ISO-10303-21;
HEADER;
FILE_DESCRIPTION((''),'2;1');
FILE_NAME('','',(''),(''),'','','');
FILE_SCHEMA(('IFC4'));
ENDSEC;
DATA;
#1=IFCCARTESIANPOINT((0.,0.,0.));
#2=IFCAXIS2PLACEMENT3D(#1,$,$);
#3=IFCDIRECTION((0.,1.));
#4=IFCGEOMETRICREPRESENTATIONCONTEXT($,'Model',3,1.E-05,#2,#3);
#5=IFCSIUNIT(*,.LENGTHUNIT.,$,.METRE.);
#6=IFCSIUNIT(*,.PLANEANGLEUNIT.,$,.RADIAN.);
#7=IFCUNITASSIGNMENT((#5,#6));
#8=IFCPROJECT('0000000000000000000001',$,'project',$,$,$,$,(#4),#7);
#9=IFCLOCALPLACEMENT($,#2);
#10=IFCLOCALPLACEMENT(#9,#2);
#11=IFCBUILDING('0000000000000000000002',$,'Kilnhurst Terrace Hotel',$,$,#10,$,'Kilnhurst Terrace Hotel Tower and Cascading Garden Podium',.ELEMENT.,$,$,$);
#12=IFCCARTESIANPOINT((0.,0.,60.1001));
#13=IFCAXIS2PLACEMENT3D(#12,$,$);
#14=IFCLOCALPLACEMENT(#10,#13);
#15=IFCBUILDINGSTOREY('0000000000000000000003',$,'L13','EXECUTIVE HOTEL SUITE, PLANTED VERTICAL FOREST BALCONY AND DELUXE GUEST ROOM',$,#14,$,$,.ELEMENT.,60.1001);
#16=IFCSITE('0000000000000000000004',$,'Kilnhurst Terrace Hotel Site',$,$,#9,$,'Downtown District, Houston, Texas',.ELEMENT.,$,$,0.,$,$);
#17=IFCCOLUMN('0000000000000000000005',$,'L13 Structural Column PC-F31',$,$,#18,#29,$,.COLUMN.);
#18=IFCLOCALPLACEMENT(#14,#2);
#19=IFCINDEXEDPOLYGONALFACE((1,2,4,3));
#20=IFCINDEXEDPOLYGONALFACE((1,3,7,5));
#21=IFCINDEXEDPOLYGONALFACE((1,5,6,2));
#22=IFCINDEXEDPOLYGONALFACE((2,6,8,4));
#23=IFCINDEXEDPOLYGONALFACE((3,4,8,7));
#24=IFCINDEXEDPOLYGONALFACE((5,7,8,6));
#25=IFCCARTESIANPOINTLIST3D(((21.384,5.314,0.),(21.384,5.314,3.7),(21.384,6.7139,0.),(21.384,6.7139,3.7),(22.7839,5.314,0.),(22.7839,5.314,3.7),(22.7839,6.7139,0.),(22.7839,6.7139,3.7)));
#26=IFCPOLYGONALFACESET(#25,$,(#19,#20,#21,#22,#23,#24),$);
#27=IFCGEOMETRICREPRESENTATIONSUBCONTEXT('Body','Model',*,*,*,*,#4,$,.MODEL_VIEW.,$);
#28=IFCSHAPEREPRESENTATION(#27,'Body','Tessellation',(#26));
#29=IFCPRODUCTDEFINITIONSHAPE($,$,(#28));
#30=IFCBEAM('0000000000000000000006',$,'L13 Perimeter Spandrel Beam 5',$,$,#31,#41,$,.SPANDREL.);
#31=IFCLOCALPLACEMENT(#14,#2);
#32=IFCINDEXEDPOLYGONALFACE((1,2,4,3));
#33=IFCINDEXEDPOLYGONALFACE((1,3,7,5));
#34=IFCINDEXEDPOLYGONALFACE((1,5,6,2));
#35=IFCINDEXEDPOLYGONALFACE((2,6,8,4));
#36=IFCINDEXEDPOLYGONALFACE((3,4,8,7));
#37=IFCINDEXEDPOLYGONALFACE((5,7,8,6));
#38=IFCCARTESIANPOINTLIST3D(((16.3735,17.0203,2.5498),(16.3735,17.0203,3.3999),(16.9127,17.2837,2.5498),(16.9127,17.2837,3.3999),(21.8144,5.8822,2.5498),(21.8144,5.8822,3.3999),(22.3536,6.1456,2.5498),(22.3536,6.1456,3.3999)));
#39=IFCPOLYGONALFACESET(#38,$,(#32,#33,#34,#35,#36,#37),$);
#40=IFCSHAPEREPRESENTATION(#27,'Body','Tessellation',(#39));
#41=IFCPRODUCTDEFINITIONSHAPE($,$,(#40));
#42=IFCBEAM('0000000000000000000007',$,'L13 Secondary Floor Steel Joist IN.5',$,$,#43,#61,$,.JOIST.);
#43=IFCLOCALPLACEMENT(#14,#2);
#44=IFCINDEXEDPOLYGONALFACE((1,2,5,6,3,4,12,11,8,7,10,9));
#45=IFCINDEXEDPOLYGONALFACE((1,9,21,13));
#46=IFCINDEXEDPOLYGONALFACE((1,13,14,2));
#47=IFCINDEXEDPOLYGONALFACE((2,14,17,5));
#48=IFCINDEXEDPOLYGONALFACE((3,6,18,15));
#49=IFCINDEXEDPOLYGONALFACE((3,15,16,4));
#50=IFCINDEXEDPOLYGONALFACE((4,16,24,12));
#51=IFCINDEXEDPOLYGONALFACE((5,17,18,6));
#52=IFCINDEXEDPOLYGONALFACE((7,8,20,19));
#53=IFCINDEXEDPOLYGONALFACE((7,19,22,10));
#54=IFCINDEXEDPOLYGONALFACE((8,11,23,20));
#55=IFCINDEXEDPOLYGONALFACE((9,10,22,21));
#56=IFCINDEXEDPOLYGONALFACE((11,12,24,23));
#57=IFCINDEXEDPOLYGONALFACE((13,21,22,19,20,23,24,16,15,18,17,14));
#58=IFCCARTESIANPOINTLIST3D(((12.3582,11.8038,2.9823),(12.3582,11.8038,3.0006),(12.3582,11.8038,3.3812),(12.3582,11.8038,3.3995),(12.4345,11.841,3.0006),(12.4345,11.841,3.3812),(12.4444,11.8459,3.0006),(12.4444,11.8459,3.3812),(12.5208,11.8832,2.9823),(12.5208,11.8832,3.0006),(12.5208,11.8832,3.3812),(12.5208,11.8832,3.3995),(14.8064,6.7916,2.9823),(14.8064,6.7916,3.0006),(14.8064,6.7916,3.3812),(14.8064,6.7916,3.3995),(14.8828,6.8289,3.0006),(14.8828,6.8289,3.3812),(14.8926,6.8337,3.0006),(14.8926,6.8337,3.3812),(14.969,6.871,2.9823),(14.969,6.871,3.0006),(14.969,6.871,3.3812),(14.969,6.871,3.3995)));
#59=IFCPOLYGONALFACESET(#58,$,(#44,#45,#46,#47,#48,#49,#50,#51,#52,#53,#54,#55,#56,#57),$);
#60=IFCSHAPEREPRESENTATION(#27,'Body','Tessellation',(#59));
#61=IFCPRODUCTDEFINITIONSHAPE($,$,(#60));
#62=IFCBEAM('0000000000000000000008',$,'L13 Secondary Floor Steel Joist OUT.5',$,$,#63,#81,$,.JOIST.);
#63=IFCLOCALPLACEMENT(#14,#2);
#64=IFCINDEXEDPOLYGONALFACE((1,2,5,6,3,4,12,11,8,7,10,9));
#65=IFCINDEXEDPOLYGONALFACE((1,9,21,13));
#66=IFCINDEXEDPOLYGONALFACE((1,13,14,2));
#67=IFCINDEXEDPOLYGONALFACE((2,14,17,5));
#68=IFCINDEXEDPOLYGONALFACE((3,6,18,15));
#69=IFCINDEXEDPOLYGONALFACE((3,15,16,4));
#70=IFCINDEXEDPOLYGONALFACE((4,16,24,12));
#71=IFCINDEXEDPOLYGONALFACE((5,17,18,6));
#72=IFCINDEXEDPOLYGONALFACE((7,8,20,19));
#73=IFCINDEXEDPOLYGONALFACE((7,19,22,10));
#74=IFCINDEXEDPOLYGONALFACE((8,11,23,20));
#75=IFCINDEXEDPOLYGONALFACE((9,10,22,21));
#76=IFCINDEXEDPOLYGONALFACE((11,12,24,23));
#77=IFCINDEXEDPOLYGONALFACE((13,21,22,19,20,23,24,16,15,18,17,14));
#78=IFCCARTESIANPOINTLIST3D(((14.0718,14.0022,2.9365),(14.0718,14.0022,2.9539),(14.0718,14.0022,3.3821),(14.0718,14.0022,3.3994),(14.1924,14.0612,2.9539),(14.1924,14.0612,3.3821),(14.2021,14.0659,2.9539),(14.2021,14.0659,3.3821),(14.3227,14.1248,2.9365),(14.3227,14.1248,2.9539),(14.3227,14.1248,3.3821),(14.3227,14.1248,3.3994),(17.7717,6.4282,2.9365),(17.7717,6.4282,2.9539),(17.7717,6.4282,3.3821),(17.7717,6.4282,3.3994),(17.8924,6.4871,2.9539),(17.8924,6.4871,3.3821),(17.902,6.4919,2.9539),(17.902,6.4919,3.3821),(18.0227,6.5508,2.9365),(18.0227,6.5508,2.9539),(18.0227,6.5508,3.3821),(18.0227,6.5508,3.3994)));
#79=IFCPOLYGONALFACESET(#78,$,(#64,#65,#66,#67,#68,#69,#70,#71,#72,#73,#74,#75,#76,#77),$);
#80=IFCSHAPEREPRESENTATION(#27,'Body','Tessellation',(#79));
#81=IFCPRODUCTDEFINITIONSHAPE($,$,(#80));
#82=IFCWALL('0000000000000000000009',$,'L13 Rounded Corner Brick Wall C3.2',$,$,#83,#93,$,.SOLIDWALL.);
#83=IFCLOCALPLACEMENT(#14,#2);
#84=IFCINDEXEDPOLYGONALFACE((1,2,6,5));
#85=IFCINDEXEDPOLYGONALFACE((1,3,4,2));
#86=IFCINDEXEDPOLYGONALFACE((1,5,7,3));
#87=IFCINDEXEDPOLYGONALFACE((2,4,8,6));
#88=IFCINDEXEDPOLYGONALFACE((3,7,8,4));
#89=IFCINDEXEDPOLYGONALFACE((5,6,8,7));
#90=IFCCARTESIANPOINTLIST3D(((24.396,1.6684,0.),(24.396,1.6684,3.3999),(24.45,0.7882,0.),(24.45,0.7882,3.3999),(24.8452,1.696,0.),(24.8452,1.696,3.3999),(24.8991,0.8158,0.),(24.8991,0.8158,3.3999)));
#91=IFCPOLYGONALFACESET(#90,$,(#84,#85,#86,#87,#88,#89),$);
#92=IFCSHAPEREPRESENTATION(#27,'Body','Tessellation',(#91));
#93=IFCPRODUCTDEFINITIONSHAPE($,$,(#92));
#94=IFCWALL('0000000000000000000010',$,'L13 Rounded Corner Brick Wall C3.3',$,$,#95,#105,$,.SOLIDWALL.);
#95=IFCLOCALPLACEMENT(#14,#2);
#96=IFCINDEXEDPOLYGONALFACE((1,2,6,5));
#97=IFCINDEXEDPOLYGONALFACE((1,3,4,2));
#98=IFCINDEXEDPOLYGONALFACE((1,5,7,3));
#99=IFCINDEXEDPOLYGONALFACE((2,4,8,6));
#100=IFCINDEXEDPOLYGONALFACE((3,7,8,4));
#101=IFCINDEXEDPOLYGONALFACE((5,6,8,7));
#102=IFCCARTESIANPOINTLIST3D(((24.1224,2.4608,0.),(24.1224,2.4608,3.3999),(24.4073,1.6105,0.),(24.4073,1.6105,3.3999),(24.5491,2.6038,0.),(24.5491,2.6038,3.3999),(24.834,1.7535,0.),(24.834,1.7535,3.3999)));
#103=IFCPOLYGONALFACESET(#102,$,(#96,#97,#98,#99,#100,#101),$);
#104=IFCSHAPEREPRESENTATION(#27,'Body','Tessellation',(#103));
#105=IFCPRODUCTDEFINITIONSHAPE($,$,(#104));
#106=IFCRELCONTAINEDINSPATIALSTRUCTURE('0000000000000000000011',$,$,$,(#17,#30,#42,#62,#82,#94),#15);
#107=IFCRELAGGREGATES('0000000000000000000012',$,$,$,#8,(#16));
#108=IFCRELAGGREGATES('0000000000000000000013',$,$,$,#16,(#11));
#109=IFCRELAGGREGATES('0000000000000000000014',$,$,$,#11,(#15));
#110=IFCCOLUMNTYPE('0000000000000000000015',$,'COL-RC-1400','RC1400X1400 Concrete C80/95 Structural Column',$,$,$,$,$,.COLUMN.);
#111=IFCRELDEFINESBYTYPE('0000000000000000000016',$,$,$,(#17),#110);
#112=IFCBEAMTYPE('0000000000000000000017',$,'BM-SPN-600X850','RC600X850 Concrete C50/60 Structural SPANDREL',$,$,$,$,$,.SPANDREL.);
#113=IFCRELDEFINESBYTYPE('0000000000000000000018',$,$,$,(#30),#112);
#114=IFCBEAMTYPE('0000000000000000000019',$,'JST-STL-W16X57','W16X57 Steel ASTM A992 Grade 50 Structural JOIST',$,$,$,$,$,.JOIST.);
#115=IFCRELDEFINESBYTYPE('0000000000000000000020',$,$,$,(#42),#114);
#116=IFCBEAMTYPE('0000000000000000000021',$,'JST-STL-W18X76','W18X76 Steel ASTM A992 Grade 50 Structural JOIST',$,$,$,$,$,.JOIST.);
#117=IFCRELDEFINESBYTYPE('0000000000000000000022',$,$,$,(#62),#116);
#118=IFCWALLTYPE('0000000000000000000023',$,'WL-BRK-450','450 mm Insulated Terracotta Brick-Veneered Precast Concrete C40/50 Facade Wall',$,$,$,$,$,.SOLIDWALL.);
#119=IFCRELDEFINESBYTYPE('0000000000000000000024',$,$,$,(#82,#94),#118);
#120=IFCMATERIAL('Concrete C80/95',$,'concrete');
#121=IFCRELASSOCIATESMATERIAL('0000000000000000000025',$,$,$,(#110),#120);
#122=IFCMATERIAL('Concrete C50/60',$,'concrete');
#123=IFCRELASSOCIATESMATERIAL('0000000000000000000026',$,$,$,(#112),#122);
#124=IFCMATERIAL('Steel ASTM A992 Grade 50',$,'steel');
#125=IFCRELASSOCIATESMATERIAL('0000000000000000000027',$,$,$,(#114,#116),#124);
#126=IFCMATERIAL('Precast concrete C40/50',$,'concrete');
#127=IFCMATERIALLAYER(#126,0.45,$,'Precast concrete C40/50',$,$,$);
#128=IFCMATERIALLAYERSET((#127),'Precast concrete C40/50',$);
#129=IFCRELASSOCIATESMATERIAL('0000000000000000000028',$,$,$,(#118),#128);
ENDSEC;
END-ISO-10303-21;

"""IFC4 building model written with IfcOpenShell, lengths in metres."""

from ifc_helpers import new_model, si_unit, direction, frame, frame_2d, origin, origin_2d, place, context, subcontext, project, spatial, rectangle, i_section, extrude, material, layer, layer_set, material_profile, profile_set, type_object, element, save


model = new_model("IFC4")

# Units and contexts
model_context = context("Model", 3, precision=1e-05, world=origin(), true_north=direction((0.0, 1.0)))
body_context = subcontext(model_context, "Body", "Model", "MODEL_VIEW")
ifc_project = project(units=[si_unit("LENGTHUNIT", "METRE"), si_unit("PLANEANGLEUNIT", "RADIAN")], contexts=[model_context])

# Site, building, storey
site_placement = place(None, origin())
site = spatial("IfcSite", under=ifc_project, at=site_placement, Name="Kilnhurst Terrace Hotel Site", LongName="Downtown District, Houston, Texas", CompositionType="ELEMENT", RefElevation=0.0)
building_placement = place(site_placement, origin())
building = spatial("IfcBuilding", under=site, at=building_placement, Name="Kilnhurst Terrace Hotel", LongName="Kilnhurst Terrace Hotel Tower and Cascading Garden Podium", CompositionType="ELEMENT")
storey_placement = place(building_placement, frame((0.0, 0.0, 60.1001)))
storey = spatial("IfcBuildingStorey", under=building, at=storey_placement, Name="L13", Description="EXECUTIVE HOTEL SUITE, PLANTED VERTICAL FOREST BALCONY AND DELUXE GUEST ROOM", CompositionType="ELEMENT", Elevation=60.1001)

# Column
ifc_material_1 = material(Name="Concrete C80/95", Category="concrete")
ifc_material_profile_1 = material_profile(ifc_material_1, rectangle(XDim=1.3999, YDim=1.3999, at=origin_2d()), Name="RC1400X1400")
ifc_profile_set_1 = profile_set([ifc_material_profile_1], Name="Concrete C80/95")
column_type = type_object("IfcColumnType", Name="COL-RC-1400", Description="RC1400X1400 Concrete C80/95 Structural Column", PredefinedType="COLUMN", material=ifc_profile_set_1)
column_placement = place(storey_placement, frame((22.084, 6.0139, 0.0), z_axis=(0.0, 0.0, 1.0), x_axis=(1.0, 0.0, 0.0)))
element("IfcColumn", 1, at=column_placement, inside=storey, type_object=column_type, Name="L13 Structural Column PC-F31", PredefinedType="COLUMN", context=body_context, shape_type="SweptSolid", body=[
    extrude(rectangle(XDim=1.3999, YDim=1.3999, at=origin_2d()), origin(), (0.0, 0.0, 1.0), 3.7),
])

# Beams
ifc_material_2 = material(Name="Concrete C50/60", Category="concrete")
ifc_material_profile_2 = material_profile(ifc_material_2, rectangle(XDim=0.6001, YDim=0.8501, at=origin_2d()), Name="RC600X850")
ifc_profile_set_2 = profile_set([ifc_material_profile_2], Name="Concrete C50/60")
beam_type_1 = type_object("IfcBeamType", Name="BM-SPN-600X850", Description="RC600X850 Concrete C50/60 Structural SPANDREL", PredefinedType="SPANDREL", material=ifc_profile_set_2)
beam_1_placement = place(storey_placement, frame((22.084, 6.0139, 2.9749), z_axis=(-0.438923, 0.898525, 0.0), x_axis=(-0.898525, -0.438923, 0.0)))
element("IfcBeam", 2, at=beam_1_placement, inside=storey, type_object=beam_type_1, Name="L13 Perimeter Spandrel Beam 5", PredefinedType="SPANDREL", context=body_context, shape_type="SweptSolid", body=[
    extrude(rectangle(XDim=0.6001, YDim=0.8501, at=origin_2d()), origin(), (0.0, 0.0, 1.0), 12.396),
])
ifc_material_3 = material(Name="Steel ASTM A992 Grade 50", Category="steel")
ifc_material_profile_3 = material_profile(ifc_material_3, i_section(OverallWidth=0.1809, OverallDepth=0.4172, WebThickness=0.011, FlangeThickness=0.0183, at=origin_2d()), Name="W16X57")
ifc_profile_set_3 = profile_set([ifc_material_profile_3], Name="Steel ASTM A992 Grade 50")
beam_type_2 = type_object("IfcBeamType", Name="JST-STL-W16X57", Description="W16X57 Steel ASTM A992 Grade 50 Structural JOIST", PredefinedType="JOIST", material=ifc_profile_set_3)
beam_2_placement = place(storey_placement, frame((14.8877, 6.8313, 3.1909), z_axis=(-0.438896, 0.898538, 0.0), x_axis=(-0.898538, -0.438896, 0.0)))
element("IfcBeam", 3, at=beam_2_placement, inside=storey, type_object=beam_type_2, Name="L13 Secondary Floor Steel Joist IN.5", PredefinedType="JOIST", context=body_context, shape_type="SweptSolid", body=[
    extrude(i_section(OverallWidth=0.1809, OverallDepth=0.4172, WebThickness=0.011, FlangeThickness=0.0183, at=origin_2d()), origin(), (0.0, 0.0, 1.0), 5.5781),
])
ifc_material_profile_4 = material_profile(ifc_material_3, i_section(OverallWidth=0.2793, OverallDepth=0.4629, WebThickness=0.0107, FlangeThickness=0.0173, at=origin_2d()), Name="W18X76")
ifc_profile_set_4 = profile_set([ifc_material_profile_4], Name="Steel ASTM A992 Grade 50")
beam_type_3 = type_object("IfcBeamType", Name="JST-STL-W18X76", Description="W18X76 Steel ASTM A992 Grade 50 Structural JOIST", PredefinedType="JOIST", material=ifc_profile_set_4)
beam_3_placement = place(storey_placement, frame((17.8972, 6.4895, 3.168), z_axis=(-0.438934, 0.898519, 0.0), x_axis=(-0.898519, -0.438934, 0.0)))
element("IfcBeam", 4, at=beam_3_placement, inside=storey, type_object=beam_type_3, Name="L13 Secondary Floor Steel Joist OUT.5", PredefinedType="JOIST", context=body_context, shape_type="SweptSolid", body=[
    extrude(i_section(OverallWidth=0.2793, OverallDepth=0.4629, WebThickness=0.0107, FlangeThickness=0.0173, at=origin_2d()), origin(), (0.0, 0.0, 1.0), 8.4294),
])

# Walls
ifc_material_4 = material(Name="Precast concrete C40/50", Category="concrete")
ifc_layer_1 = layer(ifc_material_4, 0.45, Name="Precast concrete C40/50")
ifc_layer_set_1 = layer_set([ifc_layer_1], Name="Precast concrete C40/50")
wall_type_1 = type_object("IfcWallType", Name="WL-BRK-450", Description="450 mm Insulated Terracotta Brick-Veneered Precast Concrete C40/50 Facade Wall", PredefinedType="SOLIDWALL", material=ifc_layer_set_1)
wall_1_placement = place(storey_placement, frame((24.6746, 0.802, 0.0), z_axis=(0.0, 0.0, 1.0), x_axis=(-0.061189, 0.998126, 0.0)))
element("IfcWall", 5, at=wall_1_placement, inside=storey, type_object=wall_type_1, Name="L13 Rounded Corner Brick Wall C3.2", PredefinedType="SOLIDWALL", context=body_context, shape_type="SweptSolid", body=[
    extrude(rectangle(XDim=0.8818, YDim=0.45, at=frame_2d((0.4409, 0.0))), origin(), (0.0, 0.0, 1.0), 3.3999),
])
wall_2_placement = place(storey_placement, frame((24.6206, 1.6821, 0.0), z_axis=(0.0, 0.0, 1.0), x_axis=(-0.317697, 0.948192, 0.0)))
element("IfcWall", 6, at=wall_2_placement, inside=storey, type_object=wall_type_1, Name="L13 Rounded Corner Brick Wall C3.3", PredefinedType="SOLIDWALL", context=body_context, shape_type="SweptSolid", body=[
    extrude(rectangle(XDim=0.8967, YDim=0.45, at=frame_2d((0.4482, 0.0))), origin(), (0.0, 0.0, 1.0), 3.3999),
])

save(model, "model.ifc")
